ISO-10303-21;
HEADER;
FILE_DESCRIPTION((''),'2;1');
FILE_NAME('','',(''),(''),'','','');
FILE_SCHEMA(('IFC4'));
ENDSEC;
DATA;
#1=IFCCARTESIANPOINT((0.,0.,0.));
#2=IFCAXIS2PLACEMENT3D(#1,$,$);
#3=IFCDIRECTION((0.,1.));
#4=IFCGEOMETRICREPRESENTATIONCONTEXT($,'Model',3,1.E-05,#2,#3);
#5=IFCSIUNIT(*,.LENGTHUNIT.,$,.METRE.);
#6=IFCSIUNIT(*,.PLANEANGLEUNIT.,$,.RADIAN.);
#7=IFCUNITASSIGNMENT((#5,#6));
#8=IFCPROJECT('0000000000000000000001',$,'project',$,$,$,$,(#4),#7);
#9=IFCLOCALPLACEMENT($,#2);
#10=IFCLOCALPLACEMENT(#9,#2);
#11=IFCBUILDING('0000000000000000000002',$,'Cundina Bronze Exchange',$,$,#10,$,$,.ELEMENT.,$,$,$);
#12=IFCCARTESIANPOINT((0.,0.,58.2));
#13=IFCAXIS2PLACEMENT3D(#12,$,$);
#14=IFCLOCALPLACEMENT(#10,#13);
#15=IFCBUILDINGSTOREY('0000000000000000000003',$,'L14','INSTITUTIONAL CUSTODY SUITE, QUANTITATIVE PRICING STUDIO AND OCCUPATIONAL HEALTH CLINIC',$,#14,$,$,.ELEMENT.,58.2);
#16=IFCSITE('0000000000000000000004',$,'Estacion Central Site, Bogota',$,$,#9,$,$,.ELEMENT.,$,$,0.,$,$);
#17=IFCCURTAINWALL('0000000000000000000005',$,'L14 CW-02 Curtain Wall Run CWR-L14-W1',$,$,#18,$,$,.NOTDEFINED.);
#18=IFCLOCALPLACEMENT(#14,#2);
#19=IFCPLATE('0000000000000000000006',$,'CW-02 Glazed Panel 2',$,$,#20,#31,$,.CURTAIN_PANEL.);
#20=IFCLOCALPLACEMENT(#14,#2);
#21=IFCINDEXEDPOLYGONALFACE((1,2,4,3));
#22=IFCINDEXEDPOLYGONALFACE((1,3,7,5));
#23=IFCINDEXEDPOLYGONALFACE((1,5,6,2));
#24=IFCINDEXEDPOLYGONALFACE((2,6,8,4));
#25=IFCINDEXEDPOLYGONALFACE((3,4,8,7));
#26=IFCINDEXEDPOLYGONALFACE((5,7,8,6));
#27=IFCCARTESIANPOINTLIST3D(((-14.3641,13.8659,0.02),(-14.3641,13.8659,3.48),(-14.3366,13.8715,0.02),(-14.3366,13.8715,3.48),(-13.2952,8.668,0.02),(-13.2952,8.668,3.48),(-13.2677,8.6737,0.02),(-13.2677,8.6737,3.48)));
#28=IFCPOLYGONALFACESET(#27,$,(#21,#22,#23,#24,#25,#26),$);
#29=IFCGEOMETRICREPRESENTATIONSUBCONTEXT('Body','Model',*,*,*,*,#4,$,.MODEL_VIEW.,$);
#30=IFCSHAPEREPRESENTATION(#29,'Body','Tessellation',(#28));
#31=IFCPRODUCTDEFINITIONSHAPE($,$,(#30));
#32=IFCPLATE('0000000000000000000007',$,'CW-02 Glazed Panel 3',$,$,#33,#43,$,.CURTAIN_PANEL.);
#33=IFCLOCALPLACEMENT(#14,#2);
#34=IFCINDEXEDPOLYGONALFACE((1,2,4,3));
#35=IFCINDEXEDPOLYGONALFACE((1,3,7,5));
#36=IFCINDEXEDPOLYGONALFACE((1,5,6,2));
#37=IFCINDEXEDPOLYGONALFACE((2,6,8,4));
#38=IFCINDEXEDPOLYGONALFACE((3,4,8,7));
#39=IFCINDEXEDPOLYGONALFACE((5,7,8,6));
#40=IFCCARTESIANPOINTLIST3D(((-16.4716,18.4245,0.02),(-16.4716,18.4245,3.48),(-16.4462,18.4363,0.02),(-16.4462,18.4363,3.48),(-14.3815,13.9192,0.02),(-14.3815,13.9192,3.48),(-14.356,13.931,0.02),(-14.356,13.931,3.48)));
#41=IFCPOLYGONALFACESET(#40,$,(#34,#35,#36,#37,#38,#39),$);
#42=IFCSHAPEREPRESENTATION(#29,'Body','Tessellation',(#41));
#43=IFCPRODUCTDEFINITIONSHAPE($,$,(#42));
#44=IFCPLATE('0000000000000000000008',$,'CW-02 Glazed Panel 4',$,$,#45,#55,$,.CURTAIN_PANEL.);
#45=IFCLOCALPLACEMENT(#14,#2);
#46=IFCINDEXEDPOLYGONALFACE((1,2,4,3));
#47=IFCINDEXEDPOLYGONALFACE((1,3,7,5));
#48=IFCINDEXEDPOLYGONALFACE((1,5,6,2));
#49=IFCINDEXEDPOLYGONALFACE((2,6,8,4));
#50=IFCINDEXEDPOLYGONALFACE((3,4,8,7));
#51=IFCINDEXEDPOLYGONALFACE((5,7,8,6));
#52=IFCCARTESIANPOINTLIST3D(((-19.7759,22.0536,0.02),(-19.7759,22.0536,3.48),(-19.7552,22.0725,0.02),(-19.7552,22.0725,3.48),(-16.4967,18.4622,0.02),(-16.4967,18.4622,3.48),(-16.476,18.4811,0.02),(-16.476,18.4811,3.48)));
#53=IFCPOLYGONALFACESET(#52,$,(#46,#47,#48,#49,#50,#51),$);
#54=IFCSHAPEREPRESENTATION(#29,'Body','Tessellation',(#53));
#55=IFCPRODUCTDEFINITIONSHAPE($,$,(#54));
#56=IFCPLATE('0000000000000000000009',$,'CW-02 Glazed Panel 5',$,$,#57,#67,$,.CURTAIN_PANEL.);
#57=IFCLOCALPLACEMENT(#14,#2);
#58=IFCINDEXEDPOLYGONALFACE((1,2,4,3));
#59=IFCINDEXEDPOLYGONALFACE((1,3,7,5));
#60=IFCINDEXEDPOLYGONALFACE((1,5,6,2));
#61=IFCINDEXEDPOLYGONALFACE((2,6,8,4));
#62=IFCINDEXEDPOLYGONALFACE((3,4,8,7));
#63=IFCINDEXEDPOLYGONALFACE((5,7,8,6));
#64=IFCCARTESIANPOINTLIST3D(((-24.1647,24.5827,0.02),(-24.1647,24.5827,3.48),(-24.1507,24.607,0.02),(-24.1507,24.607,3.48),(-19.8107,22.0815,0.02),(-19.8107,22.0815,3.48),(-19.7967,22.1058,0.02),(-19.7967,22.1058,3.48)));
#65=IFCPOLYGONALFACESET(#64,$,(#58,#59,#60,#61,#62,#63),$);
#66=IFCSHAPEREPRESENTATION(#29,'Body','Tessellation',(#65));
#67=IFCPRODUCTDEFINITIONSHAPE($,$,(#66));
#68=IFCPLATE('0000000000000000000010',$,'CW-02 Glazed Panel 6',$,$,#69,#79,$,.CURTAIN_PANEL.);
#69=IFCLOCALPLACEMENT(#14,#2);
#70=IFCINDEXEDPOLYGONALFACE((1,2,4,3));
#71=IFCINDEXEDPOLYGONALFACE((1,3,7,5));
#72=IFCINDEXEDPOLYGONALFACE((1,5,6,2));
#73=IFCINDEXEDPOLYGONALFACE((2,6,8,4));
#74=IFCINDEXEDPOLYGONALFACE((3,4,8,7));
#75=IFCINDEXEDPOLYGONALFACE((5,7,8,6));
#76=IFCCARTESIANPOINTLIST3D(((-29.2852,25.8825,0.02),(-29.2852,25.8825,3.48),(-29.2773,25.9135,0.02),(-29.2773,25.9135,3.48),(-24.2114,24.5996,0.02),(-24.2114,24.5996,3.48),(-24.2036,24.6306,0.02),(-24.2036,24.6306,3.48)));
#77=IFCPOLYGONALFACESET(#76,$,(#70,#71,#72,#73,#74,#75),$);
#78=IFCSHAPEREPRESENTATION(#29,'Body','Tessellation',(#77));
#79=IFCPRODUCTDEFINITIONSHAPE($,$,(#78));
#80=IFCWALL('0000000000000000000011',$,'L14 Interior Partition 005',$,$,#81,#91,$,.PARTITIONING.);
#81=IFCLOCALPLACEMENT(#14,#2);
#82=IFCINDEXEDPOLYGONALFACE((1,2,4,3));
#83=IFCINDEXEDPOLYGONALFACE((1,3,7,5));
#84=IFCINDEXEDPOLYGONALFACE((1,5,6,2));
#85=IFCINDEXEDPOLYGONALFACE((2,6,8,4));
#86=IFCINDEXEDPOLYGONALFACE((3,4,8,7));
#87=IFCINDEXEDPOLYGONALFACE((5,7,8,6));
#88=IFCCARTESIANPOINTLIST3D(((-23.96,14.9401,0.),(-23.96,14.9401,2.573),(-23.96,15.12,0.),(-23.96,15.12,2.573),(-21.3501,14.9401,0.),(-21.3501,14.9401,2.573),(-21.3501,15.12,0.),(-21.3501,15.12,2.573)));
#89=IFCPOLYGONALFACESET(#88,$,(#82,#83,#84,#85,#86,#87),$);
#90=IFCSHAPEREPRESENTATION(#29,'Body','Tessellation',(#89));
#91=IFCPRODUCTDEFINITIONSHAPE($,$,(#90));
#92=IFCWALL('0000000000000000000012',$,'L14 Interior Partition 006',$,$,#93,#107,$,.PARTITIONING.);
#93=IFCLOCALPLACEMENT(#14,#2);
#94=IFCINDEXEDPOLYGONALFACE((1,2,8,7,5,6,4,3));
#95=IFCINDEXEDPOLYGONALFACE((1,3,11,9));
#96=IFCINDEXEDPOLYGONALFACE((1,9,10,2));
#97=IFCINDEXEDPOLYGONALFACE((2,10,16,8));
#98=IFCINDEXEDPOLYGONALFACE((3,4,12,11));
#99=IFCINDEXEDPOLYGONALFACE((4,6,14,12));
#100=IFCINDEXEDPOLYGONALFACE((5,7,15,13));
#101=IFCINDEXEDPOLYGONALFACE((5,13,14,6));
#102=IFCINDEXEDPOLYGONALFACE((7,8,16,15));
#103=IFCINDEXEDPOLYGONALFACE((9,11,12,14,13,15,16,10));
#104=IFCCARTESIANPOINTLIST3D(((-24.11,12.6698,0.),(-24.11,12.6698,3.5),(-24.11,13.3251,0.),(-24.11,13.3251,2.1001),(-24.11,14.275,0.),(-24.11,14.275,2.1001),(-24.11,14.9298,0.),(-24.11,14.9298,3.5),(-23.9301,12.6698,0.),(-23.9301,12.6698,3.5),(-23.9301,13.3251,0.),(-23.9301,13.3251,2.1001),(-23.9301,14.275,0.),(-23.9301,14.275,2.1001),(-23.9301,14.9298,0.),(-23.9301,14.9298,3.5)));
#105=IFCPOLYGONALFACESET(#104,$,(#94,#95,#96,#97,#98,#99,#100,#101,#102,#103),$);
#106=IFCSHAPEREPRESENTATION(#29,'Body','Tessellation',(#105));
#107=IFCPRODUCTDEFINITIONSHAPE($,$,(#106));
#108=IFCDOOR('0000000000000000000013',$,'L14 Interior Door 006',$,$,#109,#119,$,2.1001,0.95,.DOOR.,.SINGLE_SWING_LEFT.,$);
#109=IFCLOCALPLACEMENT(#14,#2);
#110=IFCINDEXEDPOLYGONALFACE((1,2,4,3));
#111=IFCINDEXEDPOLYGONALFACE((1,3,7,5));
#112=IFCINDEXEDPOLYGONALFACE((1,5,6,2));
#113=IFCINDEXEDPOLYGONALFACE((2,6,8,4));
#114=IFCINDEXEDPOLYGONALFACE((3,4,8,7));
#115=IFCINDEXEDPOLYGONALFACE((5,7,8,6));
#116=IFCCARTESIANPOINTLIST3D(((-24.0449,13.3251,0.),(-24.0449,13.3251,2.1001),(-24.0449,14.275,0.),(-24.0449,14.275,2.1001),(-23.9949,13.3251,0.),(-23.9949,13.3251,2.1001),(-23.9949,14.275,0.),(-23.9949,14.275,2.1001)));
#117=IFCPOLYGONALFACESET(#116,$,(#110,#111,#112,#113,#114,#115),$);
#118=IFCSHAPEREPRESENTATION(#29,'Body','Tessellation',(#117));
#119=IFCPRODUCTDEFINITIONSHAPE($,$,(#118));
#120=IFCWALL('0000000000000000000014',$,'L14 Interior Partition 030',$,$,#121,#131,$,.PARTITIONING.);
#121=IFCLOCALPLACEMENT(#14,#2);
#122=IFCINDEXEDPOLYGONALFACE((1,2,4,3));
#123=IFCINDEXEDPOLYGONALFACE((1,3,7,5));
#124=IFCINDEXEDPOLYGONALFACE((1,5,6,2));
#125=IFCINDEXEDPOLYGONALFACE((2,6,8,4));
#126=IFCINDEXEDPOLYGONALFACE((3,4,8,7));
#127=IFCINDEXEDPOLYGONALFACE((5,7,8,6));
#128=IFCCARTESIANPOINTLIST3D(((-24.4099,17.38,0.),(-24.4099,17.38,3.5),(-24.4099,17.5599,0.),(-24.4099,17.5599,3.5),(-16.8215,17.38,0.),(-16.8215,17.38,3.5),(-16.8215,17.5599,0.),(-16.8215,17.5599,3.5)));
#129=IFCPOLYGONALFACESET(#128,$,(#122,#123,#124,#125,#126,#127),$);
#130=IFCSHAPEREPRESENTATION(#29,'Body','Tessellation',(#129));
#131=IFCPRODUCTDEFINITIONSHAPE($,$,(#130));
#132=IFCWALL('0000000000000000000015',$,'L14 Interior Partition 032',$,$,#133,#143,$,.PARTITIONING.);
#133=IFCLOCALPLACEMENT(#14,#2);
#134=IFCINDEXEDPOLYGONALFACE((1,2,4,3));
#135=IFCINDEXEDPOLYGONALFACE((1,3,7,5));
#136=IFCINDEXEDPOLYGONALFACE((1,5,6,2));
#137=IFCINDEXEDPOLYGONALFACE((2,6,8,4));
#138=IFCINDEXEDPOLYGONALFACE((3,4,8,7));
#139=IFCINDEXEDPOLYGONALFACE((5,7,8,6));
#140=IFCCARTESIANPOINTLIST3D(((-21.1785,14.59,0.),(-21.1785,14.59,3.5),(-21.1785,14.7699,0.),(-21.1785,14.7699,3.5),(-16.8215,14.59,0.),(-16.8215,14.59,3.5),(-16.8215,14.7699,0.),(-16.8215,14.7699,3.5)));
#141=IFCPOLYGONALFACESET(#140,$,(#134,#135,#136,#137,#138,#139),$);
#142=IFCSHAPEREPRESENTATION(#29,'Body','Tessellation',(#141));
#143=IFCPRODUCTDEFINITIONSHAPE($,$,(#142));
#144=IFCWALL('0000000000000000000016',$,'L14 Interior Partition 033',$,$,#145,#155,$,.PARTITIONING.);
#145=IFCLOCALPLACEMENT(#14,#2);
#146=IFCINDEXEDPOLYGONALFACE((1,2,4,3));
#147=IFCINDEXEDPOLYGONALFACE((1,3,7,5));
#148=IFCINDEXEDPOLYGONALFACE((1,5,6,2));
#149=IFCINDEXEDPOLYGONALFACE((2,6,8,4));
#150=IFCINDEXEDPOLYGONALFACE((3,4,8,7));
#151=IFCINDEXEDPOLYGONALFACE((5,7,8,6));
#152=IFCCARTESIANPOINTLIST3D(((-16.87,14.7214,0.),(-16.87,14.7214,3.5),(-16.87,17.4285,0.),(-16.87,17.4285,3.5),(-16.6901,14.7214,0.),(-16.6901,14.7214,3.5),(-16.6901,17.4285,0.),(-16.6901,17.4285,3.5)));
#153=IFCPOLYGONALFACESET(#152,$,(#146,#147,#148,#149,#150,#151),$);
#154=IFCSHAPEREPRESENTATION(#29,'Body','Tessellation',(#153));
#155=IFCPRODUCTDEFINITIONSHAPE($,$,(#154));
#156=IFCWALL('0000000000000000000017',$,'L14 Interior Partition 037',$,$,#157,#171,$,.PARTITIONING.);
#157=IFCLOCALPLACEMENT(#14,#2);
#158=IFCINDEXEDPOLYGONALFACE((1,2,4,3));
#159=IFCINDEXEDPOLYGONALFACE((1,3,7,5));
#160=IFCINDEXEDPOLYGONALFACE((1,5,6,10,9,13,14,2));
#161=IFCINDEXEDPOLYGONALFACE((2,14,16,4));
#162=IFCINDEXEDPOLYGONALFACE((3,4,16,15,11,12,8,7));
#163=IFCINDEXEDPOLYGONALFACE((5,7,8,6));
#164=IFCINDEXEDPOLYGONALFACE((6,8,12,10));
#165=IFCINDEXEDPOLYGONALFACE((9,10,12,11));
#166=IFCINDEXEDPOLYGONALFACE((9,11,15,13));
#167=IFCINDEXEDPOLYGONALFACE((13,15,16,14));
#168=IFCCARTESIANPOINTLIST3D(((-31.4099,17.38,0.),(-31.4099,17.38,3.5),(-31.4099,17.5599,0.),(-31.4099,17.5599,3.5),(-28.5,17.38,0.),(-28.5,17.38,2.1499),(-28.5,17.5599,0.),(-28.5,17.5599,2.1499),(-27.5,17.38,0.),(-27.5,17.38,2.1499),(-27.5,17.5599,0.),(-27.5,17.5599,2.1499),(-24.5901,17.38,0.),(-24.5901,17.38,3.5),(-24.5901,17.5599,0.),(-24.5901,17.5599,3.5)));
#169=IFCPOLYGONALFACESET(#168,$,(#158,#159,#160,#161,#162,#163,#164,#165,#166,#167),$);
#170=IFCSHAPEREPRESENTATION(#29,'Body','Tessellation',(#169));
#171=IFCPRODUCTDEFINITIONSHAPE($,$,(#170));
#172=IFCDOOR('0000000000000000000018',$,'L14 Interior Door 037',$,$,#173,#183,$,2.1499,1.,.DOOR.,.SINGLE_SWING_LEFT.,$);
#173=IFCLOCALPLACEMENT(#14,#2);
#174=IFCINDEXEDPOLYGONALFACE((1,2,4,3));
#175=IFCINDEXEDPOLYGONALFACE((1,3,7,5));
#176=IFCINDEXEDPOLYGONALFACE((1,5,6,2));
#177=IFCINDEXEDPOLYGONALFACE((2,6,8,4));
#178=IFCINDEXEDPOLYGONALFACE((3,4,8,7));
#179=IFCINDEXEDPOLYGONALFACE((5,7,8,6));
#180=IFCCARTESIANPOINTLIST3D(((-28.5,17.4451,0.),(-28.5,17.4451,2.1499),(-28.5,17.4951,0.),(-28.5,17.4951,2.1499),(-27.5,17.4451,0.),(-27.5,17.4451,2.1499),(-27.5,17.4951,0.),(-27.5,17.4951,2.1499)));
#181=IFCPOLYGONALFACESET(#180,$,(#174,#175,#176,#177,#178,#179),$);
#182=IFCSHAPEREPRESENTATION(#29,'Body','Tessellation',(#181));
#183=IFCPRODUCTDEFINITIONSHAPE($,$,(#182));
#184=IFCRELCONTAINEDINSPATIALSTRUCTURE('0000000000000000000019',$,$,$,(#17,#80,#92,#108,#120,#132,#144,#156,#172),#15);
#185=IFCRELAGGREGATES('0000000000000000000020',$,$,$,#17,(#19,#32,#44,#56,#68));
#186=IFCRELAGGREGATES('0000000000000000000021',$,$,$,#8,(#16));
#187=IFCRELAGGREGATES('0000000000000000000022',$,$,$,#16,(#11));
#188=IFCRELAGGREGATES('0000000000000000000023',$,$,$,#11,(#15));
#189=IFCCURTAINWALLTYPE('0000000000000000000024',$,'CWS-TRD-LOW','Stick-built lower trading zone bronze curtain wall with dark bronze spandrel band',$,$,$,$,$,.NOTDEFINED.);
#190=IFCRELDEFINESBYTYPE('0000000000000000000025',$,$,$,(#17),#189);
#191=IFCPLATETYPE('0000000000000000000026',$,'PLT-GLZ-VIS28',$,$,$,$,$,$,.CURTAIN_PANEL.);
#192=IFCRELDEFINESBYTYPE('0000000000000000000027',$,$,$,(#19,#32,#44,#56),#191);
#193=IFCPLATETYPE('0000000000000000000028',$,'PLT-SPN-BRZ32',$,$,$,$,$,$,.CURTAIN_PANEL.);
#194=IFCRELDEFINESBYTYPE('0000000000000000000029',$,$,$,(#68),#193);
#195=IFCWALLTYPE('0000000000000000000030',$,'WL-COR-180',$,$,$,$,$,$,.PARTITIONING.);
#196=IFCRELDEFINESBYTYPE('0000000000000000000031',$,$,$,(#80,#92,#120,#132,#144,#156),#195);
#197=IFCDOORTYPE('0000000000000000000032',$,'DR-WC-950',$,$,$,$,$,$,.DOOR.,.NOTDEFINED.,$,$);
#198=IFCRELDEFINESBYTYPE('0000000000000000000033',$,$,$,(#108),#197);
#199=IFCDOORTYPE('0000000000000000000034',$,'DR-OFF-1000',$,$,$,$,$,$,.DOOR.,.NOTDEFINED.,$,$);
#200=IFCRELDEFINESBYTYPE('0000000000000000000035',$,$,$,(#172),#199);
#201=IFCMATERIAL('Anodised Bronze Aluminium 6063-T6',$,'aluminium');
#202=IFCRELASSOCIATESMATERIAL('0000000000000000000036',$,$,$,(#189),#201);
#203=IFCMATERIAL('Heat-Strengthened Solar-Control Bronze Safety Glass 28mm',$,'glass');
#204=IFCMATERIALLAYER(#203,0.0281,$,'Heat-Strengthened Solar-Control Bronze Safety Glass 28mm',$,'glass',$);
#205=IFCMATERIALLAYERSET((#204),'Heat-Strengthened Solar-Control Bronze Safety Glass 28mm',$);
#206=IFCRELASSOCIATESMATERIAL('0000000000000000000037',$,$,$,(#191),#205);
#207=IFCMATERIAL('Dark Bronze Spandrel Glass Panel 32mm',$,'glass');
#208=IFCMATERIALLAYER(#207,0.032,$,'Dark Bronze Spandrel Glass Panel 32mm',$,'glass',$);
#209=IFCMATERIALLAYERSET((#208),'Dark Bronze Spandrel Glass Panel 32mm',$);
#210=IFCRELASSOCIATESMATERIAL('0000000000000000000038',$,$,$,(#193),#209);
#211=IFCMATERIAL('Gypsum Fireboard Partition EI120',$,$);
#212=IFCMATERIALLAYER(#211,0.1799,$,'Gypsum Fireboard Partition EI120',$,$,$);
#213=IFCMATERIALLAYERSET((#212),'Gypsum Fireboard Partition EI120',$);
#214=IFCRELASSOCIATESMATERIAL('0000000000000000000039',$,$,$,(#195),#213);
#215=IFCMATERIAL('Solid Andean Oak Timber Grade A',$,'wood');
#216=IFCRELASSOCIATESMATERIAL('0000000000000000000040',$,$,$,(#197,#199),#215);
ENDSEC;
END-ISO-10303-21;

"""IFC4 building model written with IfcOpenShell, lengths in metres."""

from ifc_helpers import new_model, si_unit, direction, frame, frame_2d, origin, origin_2d, place, context, subcontext, project, spatial, rectangle, extrude, material, layer, layer_set, type_object, element, fill, aggregate, save


model = new_model("IFC4")

# Units and contexts
model_context = context("Model", 3, precision=1e-05, world=origin(), true_north=direction((0.0, 1.0)))
body_context = subcontext(model_context, "Body", "Model", "MODEL_VIEW")
ifc_project = project(units=[si_unit("LENGTHUNIT", "METRE"), si_unit("PLANEANGLEUNIT", "RADIAN")], contexts=[model_context])

# Site, building, storey
site_placement = place(None, origin())
site = spatial("IfcSite", under=ifc_project, at=site_placement, Name="Estacion Central Site, Bogota", CompositionType="ELEMENT", RefElevation=0.0)
building_placement = place(site_placement, origin())
building = spatial("IfcBuilding", under=site, at=building_placement, Name="Cundina Bronze Exchange", CompositionType="ELEMENT")
storey_placement = place(building_placement, frame((0.0, 0.0, 58.2)))
storey = spatial("IfcBuildingStorey", under=building, at=storey_placement, Name="L14", Description="INSTITUTIONAL CUSTODY SUITE, QUANTITATIVE PRICING STUDIO AND OCCUPATIONAL HEALTH CLINIC", CompositionType="ELEMENT", Elevation=58.2)

# Curtain wall, plates
ifc_material_1 = material(Name="Anodised Bronze Aluminium 6063-T6", Category="aluminium")
curtain_wall_type = type_object("IfcCurtainWallType", Name="CWS-TRD-LOW", Description="Stick-built lower trading zone bronze curtain wall with dark bronze spandrel band", PredefinedType="NOTDEFINED", material=ifc_material_1)
curtain_wall_placement = place(storey_placement, origin())
curtain_wall = element("IfcCurtainWall", 1, at=curtain_wall_placement, inside=storey, type_object=curtain_wall_type, Name="L14 CW-02 Curtain Wall Run CWR-L14-W1", PredefinedType="NOTDEFINED")
ifc_material_2 = material(Name="Heat-Strengthened Solar-Control Bronze Safety Glass 28mm", Category="glass")
ifc_layer_1 = layer(ifc_material_2, 0.0281, Name="Heat-Strengthened Solar-Control Bronze Safety Glass 28mm", Category="glass")
ifc_layer_set_1 = layer_set([ifc_layer_1], Name="Heat-Strengthened Solar-Control Bronze Safety Glass 28mm")
plate_type_1 = type_object("IfcPlateType", Name="PLT-GLZ-VIS28", PredefinedType="CURTAIN_PANEL", material=ifc_layer_set_1)
plate_1_placement = place(storey_placement, frame((-13.8159, 11.2698, 0.02), z_axis=(0.0, 0.0, 1.0), x_axis=(-0.20142, 0.979505, 0.0)))
plate_1 = element("IfcPlate", 2, at=plate_1_placement, type_object=plate_type_1, Name="CW-02 Glazed Panel 2", PredefinedType="CURTAIN_PANEL", context=body_context, shape_type="SweptSolid", body=[
    extrude(rectangle(XDim=5.3066, YDim=0.0281, at=origin_2d()), origin(), (0.0, 0.0, 1.0), 3.46),
])
plate_2_placement = place(storey_placement, frame((-15.4138, 16.1777, 0.02), z_axis=(0.0, 0.0, 1.0), x_axis=(-0.420846, 0.907132, 0.0)))
plate_2 = element("IfcPlate", 3, at=plate_2_placement, type_object=plate_type_1, Name="CW-02 Glazed Panel 3", PredefinedType="CURTAIN_PANEL", context=body_context, shape_type="SweptSolid", body=[
    extrude(rectangle(XDim=4.9666, YDim=0.0281, at=origin_2d()), origin(), (0.0, 0.0, 1.0), 3.46),
])
plate_3_placement = place(storey_placement, frame((-18.126, 20.2673, 0.02), z_axis=(0.0, 0.0, 1.0), x_axis=(-0.674277, 0.738479, 0.0)))
plate_3 = element("IfcPlate", 4, at=plate_3_placement, type_object=plate_type_1, Name="CW-02 Glazed Panel 4", PredefinedType="CURTAIN_PANEL", context=body_context, shape_type="SweptSolid", body=[
    extrude(rectangle(XDim=4.8633, YDim=0.0281, at=origin_2d()), origin(), (0.0, 0.0, 1.0), 3.46),
])
plate_4_placement = place(storey_placement, frame((-21.9807, 23.3442, 0.02), z_axis=(0.0, 0.0, 1.0), x_axis=(-0.867105, 0.498125, 0.0)))
plate_4 = element("IfcPlate", 5, at=plate_4_placement, type_object=plate_type_1, Name="CW-02 Glazed Panel 5", PredefinedType="CURTAIN_PANEL", context=body_context, shape_type="SweptSolid", body=[
    extrude(rectangle(XDim=5.0212, YDim=0.0281, at=origin_2d()), origin(), (0.0, 0.0, 1.0), 3.46),
])
ifc_material_3 = material(Name="Dark Bronze Spandrel Glass Panel 32mm", Category="glass")
ifc_layer_2 = layer(ifc_material_3, 0.032, Name="Dark Bronze Spandrel Glass Panel 32mm", Category="glass")
ifc_layer_set_2 = layer_set([ifc_layer_2], Name="Dark Bronze Spandrel Glass Panel 32mm")
plate_type_2 = type_object("IfcPlateType", Name="PLT-SPN-BRZ32", PredefinedType="CURTAIN_PANEL", material=ifc_layer_set_2)
plate_5_placement = place(storey_placement, frame((-26.7444, 25.2566, 0.02), z_axis=(0.0, 0.0, 1.0), x_axis=(-0.969488, 0.245138, 0.0)))
plate_5 = element("IfcPlate", 6, at=plate_5_placement, type_object=plate_type_2, Name="CW-02 Glazed Panel 6", PredefinedType="CURTAIN_PANEL", context=body_context, shape_type="SweptSolid", body=[
    extrude(rectangle(XDim=5.2334, YDim=0.032, at=origin_2d()), origin(), (0.0, 0.0, 1.0), 3.46),
])
aggregate(curtain_wall, [plate_1, plate_2, plate_3, plate_4, plate_5])

# Wall
ifc_material_4 = material(Name="Gypsum Fireboard Partition EI120")
ifc_layer_3 = layer(ifc_material_4, 0.1799, Name="Gypsum Fireboard Partition EI120")
ifc_layer_set_3 = layer_set([ifc_layer_3], Name="Gypsum Fireboard Partition EI120")
wall_type_1 = type_object("IfcWallType", Name="WL-COR-180", PredefinedType="PARTITIONING", material=ifc_layer_set_3)
wall_1_placement = place(storey_placement, frame((-23.96, 15.03, 0.0), z_axis=(0.0, 0.0, 1.0), x_axis=(1.0, 0.0, 0.0)))
element("IfcWall", 7, at=wall_1_placement, inside=storey, type_object=wall_type_1, Name="L14 Interior Partition 005", PredefinedType="PARTITIONING", context=body_context, shape_type="SweptSolid", body=[
    extrude(rectangle(XDim=2.6099, YDim=0.1799, at=frame_2d((1.3049, 0.0))), origin(), (0.0, 0.0, 1.0), 2.573),
])

# Wall, opening, door
wall_2_placement = place(storey_placement, frame((-24.02, 12.6699, 0.0), z_axis=(0.0, 0.0, 1.0), x_axis=(0.0, 1.0, 0.0)))
wall_2 = element("IfcWall", 8, at=wall_2_placement, inside=storey, type_object=wall_type_1, Name="L14 Interior Partition 006", PredefinedType="PARTITIONING", context=body_context, shape_type="SweptSolid", body=[
    extrude(rectangle(XDim=2.26, YDim=0.1799, at=frame_2d((1.1299, 0.0))), origin(), (0.0, 0.0, 1.0), 3.5),
])
opening_1_placement = place(wall_2_placement, frame((0.655, 0.0, 0.0)))
opening_1 = element("IfcOpeningElement", 9, at=opening_1_placement, cuts=wall_2, PredefinedType="OPENING", context=body_context, shape_type="SweptSolid", body=[
    extrude(rectangle(XDim=0.95, YDim=2.1001, at=frame_2d((0.4751, 1.05))), frame((0.0, 0.0999, 0.0), z_axis=(0.0, -1.0, 0.0), x_axis=(1.0, 0.0, 0.0)), (0.0, 0.0, 1.0), 0.2),
])
ifc_material_5 = material(Name="Solid Andean Oak Timber Grade A", Category="wood")
door_type_1 = type_object("IfcDoorType", Name="DR-WC-950", OperationType="NOTDEFINED", PredefinedType="DOOR", material=ifc_material_5)
door_1_placement = place(opening_1_placement, origin())
door_1 = element("IfcDoor", 10, at=door_1_placement, inside=storey, type_object=door_type_1, Name="L14 Interior Door 006", OperationType="SINGLE_SWING_LEFT", OverallHeight=2.1001, OverallWidth=0.95, PredefinedType="DOOR", context=body_context, shape_type="SweptSolid", body=[
    extrude(rectangle(XDim=0.95, YDim=2.1001, at=frame_2d((0.4751, 1.05))), frame((0.0, 0.0249, 0.0), z_axis=(0.0, -1.0, 0.0), x_axis=(1.0, 0.0, 0.0)), (0.0, 0.0, 1.0), 0.05),
])
fill(opening_1, door_1)

# Walls
wall_3_placement = place(storey_placement, frame((-16.8215, 17.47, 0.0), z_axis=(0.0, 0.0, 1.0), x_axis=(-1.0, 0.0, 0.0)))
element("IfcWall", 11, at=wall_3_placement, inside=storey, type_object=wall_type_1, Name="L14 Interior Partition 030", PredefinedType="PARTITIONING", context=body_context, shape_type="SweptSolid", body=[
    extrude(rectangle(XDim=7.5884, YDim=0.1799, at=frame_2d((3.7942, 0.0))), origin(), (0.0, 0.0, 1.0), 3.5),
])
wall_4_placement = place(storey_placement, frame((-21.1785, 14.6799, 0.0), z_axis=(0.0, 0.0, 1.0), x_axis=(1.0, 0.0, 0.0)))
element("IfcWall", 12, at=wall_4_placement, inside=storey, type_object=wall_type_1, Name="L14 Interior Partition 032", PredefinedType="PARTITIONING", context=body_context, shape_type="SweptSolid", body=[
    extrude(rectangle(XDim=4.3569, YDim=0.1799, at=frame_2d((2.1785, 0.0))), origin(), (0.0, 0.0, 1.0), 3.5),
])
wall_5_placement = place(storey_placement, frame((-16.78, 14.7214, 0.0), z_axis=(0.0, 0.0, 1.0), x_axis=(0.0, 1.0, 0.0)))
element("IfcWall", 13, at=wall_5_placement, inside=storey, type_object=wall_type_1, Name="L14 Interior Partition 033", PredefinedType="PARTITIONING", context=body_context, shape_type="SweptSolid", body=[
    extrude(rectangle(XDim=2.707, YDim=0.1799, at=frame_2d((1.3535, 0.0))), origin(), (0.0, 0.0, 1.0), 3.5),
])

# Wall, opening, door
wall_6_placement = place(storey_placement, frame((-24.5901, 17.47, 0.0), z_axis=(0.0, 0.0, 1.0), x_axis=(-1.0, 0.0, 0.0)))
wall_6 = element("IfcWall", 14, at=wall_6_placement, inside=storey, type_object=wall_type_1, Name="L14 Interior Partition 037", PredefinedType="PARTITIONING", context=body_context, shape_type="SweptSolid", body=[
    extrude(rectangle(XDim=6.8198, YDim=0.1799, at=frame_2d((3.4099, 0.0))), origin(), (0.0, 0.0, 1.0), 3.5),
])
opening_2_placement = place(wall_6_placement, frame((2.9099, 0.0, 0.0)))
opening_2 = element("IfcOpeningElement", 15, at=opening_2_placement, cuts=wall_6, PredefinedType="OPENING", context=body_context, shape_type="SweptSolid", body=[
    extrude(rectangle(XDim=1.0, YDim=2.1499, at=frame_2d((0.5, 1.075))), frame((0.0, 0.0999, 0.0), z_axis=(0.0, -1.0, 0.0), x_axis=(1.0, 0.0, 0.0)), (0.0, 0.0, 1.0), 0.2),
])
door_type_2 = type_object("IfcDoorType", Name="DR-OFF-1000", OperationType="NOTDEFINED", PredefinedType="DOOR", material=ifc_material_5)
door_2_placement = place(opening_2_placement, origin())
door_2 = element("IfcDoor", 16, at=door_2_placement, inside=storey, type_object=door_type_2, Name="L14 Interior Door 037", OperationType="SINGLE_SWING_LEFT", OverallHeight=2.1499, OverallWidth=1.0, PredefinedType="DOOR", context=body_context, shape_type="SweptSolid", body=[
    extrude(rectangle(XDim=1.0, YDim=2.1499, at=frame_2d((0.5, 1.075))), frame((0.0, 0.0249, 0.0), z_axis=(0.0, -1.0, 0.0), x_axis=(1.0, 0.0, 0.0)), (0.0, 0.0, 1.0), 0.05),
])
fill(opening_2, door_2)

save(model, "model.ifc")
